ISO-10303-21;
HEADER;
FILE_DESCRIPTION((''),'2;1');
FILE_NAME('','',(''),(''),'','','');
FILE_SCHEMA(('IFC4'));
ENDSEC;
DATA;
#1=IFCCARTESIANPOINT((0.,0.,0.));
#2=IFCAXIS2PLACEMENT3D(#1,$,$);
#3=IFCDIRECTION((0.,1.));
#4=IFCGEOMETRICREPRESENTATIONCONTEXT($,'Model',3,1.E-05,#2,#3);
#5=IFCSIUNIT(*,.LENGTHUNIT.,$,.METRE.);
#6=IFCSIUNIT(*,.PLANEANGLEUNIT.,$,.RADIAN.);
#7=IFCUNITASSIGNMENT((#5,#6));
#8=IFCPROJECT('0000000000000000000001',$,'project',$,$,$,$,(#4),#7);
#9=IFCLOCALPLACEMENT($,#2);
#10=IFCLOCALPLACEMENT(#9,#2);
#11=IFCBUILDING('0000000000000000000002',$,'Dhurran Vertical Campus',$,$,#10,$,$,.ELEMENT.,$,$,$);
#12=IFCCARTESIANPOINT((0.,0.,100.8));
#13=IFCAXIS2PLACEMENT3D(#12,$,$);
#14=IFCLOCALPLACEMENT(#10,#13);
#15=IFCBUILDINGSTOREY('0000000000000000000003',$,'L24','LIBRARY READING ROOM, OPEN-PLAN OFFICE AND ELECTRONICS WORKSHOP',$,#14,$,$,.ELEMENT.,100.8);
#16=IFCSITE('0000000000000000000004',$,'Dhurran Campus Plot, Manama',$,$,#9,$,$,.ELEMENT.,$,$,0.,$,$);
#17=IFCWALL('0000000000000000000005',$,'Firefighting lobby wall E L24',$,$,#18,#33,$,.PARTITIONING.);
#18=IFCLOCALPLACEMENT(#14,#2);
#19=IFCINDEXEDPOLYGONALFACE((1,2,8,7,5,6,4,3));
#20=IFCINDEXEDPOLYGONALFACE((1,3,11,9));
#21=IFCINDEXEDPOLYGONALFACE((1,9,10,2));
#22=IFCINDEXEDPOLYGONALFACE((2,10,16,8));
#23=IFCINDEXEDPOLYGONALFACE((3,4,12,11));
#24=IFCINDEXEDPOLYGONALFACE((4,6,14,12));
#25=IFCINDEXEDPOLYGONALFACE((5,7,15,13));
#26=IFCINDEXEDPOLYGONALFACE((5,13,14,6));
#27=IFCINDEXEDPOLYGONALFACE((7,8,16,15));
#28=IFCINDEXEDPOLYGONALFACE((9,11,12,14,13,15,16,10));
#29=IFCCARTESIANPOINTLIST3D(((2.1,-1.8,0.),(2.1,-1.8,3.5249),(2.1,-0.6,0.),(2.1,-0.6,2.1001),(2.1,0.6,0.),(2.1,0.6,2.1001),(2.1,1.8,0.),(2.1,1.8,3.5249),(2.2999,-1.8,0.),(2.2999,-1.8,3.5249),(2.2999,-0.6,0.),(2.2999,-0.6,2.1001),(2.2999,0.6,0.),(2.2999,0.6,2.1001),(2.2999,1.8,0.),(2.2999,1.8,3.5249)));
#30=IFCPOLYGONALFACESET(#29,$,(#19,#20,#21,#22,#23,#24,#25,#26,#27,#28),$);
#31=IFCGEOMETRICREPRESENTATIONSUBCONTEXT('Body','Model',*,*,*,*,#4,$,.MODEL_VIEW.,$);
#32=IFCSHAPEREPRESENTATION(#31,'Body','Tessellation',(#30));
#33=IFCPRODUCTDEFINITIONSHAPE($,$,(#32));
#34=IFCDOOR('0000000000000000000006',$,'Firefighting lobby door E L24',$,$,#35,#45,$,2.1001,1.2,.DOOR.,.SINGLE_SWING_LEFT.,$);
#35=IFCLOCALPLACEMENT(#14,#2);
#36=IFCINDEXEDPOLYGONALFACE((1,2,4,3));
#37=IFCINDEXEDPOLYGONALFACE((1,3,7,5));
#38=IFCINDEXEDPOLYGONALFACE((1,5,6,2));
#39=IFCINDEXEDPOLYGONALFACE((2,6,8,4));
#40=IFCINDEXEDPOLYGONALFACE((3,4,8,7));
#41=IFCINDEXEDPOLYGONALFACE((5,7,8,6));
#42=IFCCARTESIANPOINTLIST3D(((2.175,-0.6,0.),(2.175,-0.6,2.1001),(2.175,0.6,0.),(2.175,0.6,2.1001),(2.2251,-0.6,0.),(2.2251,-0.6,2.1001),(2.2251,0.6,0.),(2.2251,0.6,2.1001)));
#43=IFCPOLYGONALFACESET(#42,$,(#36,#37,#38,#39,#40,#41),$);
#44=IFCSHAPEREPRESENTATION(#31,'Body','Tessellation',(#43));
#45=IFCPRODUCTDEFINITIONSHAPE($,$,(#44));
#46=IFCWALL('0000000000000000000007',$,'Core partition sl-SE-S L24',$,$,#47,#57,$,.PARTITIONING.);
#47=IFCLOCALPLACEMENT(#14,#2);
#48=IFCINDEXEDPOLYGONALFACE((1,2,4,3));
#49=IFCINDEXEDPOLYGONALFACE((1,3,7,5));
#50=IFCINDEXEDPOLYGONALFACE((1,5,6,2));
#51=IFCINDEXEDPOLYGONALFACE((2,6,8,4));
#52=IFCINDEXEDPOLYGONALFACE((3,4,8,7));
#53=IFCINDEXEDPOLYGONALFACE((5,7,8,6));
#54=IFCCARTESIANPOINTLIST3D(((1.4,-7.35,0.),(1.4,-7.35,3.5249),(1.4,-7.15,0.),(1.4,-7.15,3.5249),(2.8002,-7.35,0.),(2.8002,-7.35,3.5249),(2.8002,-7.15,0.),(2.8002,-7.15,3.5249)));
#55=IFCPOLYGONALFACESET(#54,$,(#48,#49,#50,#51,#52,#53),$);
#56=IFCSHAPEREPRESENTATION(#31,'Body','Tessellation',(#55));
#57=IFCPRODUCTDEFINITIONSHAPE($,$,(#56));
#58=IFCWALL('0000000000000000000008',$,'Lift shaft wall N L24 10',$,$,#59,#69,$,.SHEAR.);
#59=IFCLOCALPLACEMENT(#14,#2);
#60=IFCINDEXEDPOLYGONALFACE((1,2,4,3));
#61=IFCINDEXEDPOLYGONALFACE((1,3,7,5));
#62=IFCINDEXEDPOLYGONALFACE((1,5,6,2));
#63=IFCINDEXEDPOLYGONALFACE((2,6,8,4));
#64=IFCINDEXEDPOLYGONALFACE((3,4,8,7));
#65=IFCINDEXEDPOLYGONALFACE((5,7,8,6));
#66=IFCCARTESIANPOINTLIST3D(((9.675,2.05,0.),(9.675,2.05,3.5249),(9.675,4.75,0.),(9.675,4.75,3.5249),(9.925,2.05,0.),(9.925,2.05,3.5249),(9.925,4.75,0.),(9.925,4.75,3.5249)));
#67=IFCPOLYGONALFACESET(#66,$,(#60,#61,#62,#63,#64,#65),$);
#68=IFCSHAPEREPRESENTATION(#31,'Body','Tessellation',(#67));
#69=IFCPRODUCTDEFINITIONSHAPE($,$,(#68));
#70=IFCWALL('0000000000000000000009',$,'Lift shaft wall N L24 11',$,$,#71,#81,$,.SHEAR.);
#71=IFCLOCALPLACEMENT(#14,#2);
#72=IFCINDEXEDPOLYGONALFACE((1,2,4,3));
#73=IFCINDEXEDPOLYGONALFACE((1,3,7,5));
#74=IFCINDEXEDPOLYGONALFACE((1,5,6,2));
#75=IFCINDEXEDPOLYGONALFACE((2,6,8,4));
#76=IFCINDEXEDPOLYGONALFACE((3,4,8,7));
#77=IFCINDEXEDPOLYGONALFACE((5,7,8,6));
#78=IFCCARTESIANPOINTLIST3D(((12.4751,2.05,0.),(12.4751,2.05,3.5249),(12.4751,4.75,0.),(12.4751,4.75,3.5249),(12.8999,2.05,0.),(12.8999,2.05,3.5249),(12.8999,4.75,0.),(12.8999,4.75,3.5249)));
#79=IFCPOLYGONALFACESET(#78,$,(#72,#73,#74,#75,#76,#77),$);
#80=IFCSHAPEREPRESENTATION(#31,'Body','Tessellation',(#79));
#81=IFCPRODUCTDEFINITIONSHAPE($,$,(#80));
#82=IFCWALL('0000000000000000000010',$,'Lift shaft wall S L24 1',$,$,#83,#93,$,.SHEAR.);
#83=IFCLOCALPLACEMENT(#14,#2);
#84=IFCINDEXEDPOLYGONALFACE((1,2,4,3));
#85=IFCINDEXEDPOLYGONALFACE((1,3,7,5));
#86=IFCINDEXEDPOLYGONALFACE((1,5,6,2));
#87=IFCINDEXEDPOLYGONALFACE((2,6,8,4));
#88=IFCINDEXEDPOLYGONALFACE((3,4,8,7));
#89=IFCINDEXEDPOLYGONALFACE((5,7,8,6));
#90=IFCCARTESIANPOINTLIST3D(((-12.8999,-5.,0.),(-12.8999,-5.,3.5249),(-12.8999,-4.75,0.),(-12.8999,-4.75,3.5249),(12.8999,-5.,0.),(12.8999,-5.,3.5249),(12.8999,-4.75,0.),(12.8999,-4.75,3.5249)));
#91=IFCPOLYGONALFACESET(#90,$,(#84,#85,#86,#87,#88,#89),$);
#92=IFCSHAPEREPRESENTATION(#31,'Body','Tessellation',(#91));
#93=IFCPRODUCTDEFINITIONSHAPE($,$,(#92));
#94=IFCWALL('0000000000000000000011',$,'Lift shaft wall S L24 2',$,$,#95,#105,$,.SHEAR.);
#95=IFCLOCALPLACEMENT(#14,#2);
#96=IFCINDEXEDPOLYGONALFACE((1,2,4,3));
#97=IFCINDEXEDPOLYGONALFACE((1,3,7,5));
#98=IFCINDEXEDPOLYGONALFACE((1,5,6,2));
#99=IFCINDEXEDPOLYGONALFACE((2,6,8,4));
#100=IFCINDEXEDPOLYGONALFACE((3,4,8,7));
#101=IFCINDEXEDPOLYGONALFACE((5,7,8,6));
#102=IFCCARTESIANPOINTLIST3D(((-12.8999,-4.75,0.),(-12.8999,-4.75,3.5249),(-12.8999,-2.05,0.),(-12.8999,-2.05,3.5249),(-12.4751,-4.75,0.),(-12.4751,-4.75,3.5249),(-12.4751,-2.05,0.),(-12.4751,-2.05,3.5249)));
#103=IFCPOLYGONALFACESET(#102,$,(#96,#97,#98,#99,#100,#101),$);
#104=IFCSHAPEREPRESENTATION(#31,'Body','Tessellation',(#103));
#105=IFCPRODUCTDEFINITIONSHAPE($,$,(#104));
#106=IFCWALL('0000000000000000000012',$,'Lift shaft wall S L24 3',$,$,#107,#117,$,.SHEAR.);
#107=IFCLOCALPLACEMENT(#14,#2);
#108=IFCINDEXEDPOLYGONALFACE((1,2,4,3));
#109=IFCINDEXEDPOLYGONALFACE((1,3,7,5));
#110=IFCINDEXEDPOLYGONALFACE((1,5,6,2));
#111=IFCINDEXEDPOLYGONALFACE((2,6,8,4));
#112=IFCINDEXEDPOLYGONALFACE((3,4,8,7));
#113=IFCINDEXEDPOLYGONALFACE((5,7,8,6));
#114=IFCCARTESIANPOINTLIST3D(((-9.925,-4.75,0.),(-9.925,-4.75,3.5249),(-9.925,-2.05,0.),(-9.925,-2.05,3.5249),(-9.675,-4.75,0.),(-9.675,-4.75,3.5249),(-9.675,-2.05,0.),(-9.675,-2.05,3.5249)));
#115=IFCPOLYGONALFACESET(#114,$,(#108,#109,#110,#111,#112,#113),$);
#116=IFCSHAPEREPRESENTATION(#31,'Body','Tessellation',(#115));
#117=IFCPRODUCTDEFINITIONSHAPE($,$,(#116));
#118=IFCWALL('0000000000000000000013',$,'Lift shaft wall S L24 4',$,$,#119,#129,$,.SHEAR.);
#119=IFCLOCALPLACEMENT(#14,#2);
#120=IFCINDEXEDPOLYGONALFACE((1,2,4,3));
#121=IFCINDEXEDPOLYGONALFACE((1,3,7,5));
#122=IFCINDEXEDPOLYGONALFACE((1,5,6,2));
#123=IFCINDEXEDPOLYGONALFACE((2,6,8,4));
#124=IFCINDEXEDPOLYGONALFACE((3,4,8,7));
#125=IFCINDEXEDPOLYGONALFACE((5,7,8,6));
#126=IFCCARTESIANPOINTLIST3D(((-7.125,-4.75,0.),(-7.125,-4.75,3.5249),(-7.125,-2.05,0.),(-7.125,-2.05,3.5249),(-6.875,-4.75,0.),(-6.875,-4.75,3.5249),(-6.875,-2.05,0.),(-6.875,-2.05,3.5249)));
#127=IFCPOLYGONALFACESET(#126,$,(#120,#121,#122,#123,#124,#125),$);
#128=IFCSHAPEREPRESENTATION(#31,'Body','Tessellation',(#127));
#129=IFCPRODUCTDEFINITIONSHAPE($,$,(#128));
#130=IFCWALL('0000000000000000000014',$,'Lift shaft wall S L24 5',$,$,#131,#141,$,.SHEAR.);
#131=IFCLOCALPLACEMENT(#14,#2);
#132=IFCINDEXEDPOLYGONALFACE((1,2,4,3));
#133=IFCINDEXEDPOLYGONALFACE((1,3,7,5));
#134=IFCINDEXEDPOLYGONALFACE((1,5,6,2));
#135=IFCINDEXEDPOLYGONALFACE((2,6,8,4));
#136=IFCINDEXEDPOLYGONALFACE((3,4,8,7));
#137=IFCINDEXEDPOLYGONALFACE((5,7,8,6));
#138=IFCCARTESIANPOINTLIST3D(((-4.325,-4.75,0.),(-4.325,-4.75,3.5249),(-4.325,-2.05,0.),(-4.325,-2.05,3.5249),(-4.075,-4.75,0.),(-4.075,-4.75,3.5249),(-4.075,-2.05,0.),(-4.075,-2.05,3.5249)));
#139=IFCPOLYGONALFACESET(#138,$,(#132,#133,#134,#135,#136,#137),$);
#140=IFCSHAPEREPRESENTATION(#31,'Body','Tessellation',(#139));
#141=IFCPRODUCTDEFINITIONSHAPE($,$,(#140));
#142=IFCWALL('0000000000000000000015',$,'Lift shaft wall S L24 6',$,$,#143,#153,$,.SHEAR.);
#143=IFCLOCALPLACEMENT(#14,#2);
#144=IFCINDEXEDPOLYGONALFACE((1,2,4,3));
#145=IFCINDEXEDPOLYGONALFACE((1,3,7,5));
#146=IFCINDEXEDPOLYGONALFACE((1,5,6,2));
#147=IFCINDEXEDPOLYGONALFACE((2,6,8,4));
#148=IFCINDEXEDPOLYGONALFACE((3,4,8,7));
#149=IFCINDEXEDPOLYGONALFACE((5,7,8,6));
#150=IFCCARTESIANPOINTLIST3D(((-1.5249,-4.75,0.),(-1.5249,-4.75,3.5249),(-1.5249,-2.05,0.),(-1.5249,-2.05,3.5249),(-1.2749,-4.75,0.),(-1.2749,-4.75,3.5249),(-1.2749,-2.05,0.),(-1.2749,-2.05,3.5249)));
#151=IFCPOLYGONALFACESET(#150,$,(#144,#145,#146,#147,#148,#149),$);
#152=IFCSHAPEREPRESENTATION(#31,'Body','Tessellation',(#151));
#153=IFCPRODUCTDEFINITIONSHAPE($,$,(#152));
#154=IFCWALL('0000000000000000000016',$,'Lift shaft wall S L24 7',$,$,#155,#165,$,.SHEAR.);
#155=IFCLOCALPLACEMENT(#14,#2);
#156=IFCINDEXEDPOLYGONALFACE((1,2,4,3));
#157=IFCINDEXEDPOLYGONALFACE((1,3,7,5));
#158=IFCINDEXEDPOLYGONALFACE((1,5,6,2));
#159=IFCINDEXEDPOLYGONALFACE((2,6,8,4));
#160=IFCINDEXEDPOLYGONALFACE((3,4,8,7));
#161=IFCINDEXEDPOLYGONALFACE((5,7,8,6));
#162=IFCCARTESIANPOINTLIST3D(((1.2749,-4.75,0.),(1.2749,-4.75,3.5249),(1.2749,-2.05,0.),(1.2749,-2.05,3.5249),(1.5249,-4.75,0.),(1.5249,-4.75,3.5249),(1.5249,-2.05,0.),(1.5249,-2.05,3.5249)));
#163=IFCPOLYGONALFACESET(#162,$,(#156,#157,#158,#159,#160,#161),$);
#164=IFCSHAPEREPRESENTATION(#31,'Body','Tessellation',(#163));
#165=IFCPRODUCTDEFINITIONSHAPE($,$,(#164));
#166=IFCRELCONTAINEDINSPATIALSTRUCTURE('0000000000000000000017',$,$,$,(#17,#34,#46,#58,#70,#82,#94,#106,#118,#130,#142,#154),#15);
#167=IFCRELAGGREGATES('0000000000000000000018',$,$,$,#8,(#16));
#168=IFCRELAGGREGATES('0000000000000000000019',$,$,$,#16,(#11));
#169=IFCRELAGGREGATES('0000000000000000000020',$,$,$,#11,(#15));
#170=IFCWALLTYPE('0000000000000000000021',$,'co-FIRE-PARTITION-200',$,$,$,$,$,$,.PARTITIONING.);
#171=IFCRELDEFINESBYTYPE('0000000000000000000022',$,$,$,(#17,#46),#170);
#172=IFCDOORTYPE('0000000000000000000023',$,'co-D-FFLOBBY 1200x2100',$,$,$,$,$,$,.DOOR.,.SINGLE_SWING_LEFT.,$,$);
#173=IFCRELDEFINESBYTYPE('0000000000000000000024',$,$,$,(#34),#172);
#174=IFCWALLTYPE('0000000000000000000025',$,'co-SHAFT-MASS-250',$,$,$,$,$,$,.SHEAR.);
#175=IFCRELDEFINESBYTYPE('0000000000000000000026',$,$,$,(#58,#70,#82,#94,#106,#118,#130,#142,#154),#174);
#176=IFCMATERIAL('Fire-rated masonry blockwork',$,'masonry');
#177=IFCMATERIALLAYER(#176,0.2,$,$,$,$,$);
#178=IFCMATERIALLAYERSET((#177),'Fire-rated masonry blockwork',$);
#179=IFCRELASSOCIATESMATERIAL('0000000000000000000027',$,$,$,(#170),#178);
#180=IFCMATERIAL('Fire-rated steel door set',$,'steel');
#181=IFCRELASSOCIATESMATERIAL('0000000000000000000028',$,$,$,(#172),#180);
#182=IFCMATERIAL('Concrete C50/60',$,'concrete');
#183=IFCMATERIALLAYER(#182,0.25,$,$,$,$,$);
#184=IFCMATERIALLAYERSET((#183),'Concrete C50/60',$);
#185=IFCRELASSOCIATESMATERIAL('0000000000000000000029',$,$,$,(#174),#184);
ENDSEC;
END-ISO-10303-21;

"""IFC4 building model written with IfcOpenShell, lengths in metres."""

from ifc_helpers import new_model, si_unit, direction, frame, frame_2d, origin, place, context, subcontext, project, spatial, polyline, rectangle, outline, extrude, material, layer, layer_set, type_object, element, fill, save


model = new_model("IFC4")

# Units and contexts
model_context = context("Model", 3, precision=1e-05, world=origin(), true_north=direction((0.0, 1.0)))
body_context = subcontext(model_context, "Body", "Model", "MODEL_VIEW")
ifc_project = project(units=[si_unit("LENGTHUNIT", "METRE"), si_unit("PLANEANGLEUNIT", "RADIAN")], contexts=[model_context])

# Site, building, storey
site_placement = place(None, origin())
site = spatial("IfcSite", under=ifc_project, at=site_placement, Name="Dhurran Campus Plot, Manama", CompositionType="ELEMENT", RefElevation=0.0)
building_placement = place(site_placement, origin())
building = spatial("IfcBuilding", under=site, at=building_placement, Name="Dhurran Vertical Campus", CompositionType="ELEMENT")
storey_placement = place(building_placement, frame((0.0, 0.0, 100.8)))
storey = spatial("IfcBuildingStorey", under=building, at=storey_placement, Name="L24", Description="LIBRARY READING ROOM, OPEN-PLAN OFFICE AND ELECTRONICS WORKSHOP", CompositionType="ELEMENT", Elevation=100.8)

# Wall, opening, door
ifc_material_1 = material(Name="Fire-rated masonry blockwork", Category="masonry")
ifc_layer_1 = layer(ifc_material_1, 0.2)
ifc_layer_set_1 = layer_set([ifc_layer_1], Name="Fire-rated masonry blockwork")
wall_type_1 = type_object("IfcWallType", Name="co-FIRE-PARTITION-200", PredefinedType="PARTITIONING", material=ifc_layer_set_1)
wall_1_placement = place(storey_placement, frame((2.2, -1.8, 0.0), z_axis=(0.0, 0.0, 1.0), x_axis=(0.0, 1.0, 0.0)))
wall_1 = element("IfcWall", 1, at=wall_1_placement, inside=storey, type_object=wall_type_1, Name="Firefighting lobby wall E L24", PredefinedType="PARTITIONING", context=body_context, shape_type="SweptSolid", body=[
    extrude(rectangle(XDim=3.6001, YDim=0.2, at=frame_2d((1.8, 0.0))), origin(), (0.0, 0.0, 1.0), 3.5249),
])
opening_1_placement = place(wall_1_placement, frame((1.2, 0.0, 0.0)))
opening_1 = element("IfcOpeningElement", 2, at=opening_1_placement, cuts=wall_1, PredefinedType="OPENING", context=body_context, shape_type="SweptSolid", body=[
    extrude(rectangle(XDim=1.2, YDim=2.1001, at=frame_2d((0.6001, 1.05))), frame((0.0, 0.1099, 0.0), z_axis=(0.0, -1.0, 0.0), x_axis=(1.0, 0.0, 0.0)), (0.0, 0.0, 1.0), 0.22),
])
ifc_material_2 = material(Name="Fire-rated steel door set", Category="steel")
door_type_1 = type_object("IfcDoorType", Name="co-D-FFLOBBY 1200x2100", OperationType="SINGLE_SWING_LEFT", PredefinedType="DOOR", material=ifc_material_2)
door_1_placement = place(opening_1_placement, origin())
door_1 = element("IfcDoor", 3, at=door_1_placement, inside=storey, type_object=door_type_1, Name="Firefighting lobby door E L24", OperationType="SINGLE_SWING_LEFT", OverallHeight=2.1001, OverallWidth=1.2, PredefinedType="DOOR", context=body_context, shape_type="SweptSolid", body=[
    extrude(rectangle(XDim=1.2, YDim=2.1001, at=frame_2d((0.6001, 1.05))), frame((0.0, 0.0249, 0.0), z_axis=(0.0, -1.0, 0.0), x_axis=(1.0, 0.0, 0.0)), (0.0, 0.0, 1.0), 0.05),
])
fill(opening_1, door_1)

# Walls
wall_2_placement = place(storey_placement, frame((1.3999, -7.25, 0.0), z_axis=(0.0, 0.0, 1.0), x_axis=(1.0, 0.0, 0.0)))
element("IfcWall", 4, at=wall_2_placement, inside=storey, type_object=wall_type_1, Name="Core partition sl-SE-S L24", PredefinedType="PARTITIONING", context=body_context, shape_type="SweptSolid", body=[
    extrude(rectangle(XDim=1.4001, YDim=0.2, at=frame_2d((0.7002, 0.0))), origin(), (0.0, 0.0, 1.0), 3.5249),
])
ifc_material_3 = material(Name="Concrete C50/60", Category="concrete")
ifc_layer_2 = layer(ifc_material_3, 0.25)
ifc_layer_set_2 = layer_set([ifc_layer_2], Name="Concrete C50/60")
wall_type_2 = type_object("IfcWallType", Name="co-SHAFT-MASS-250", PredefinedType="SHEAR", material=ifc_layer_set_2)
wall_3_placement = place(storey_placement, origin())
element("IfcWall", 5, at=wall_3_placement, inside=storey, type_object=wall_type_2, Name="Lift shaft wall N L24 10", PredefinedType="SHEAR", context=body_context, shape_type="SweptSolid", body=[
    extrude(outline(polyline([(9.675, 2.05), (9.925, 2.05), (9.925, 4.75), (9.675, 4.75), (9.675, 2.05)])), origin(), (0.0, 0.0, 1.0), 3.5249),
])
wall_4_placement = place(storey_placement, origin())
element("IfcWall", 6, at=wall_4_placement, inside=storey, type_object=wall_type_2, Name="Lift shaft wall N L24 11", PredefinedType="SHEAR", context=body_context, shape_type="SweptSolid", body=[
    extrude(outline(polyline([(12.4751, 2.05), (12.8999, 2.05), (12.8999, 4.75), (12.4751, 4.75), (12.4751, 2.05)])), origin(), (0.0, 0.0, 1.0), 3.5249),
])
wall_5_placement = place(storey_placement, origin())
element("IfcWall", 7, at=wall_5_placement, inside=storey, type_object=wall_type_2, Name="Lift shaft wall S L24 1", PredefinedType="SHEAR", context=body_context, shape_type="SweptSolid", body=[
    extrude(outline(polyline([(-12.8999, -5.0), (12.8999, -5.0), (12.8999, -4.75), (-12.8999, -4.75), (-12.8999, -5.0)])), origin(), (0.0, 0.0, 1.0), 3.5249),
])
wall_6_placement = place(storey_placement, origin())
element("IfcWall", 8, at=wall_6_placement, inside=storey, type_object=wall_type_2, Name="Lift shaft wall S L24 2", PredefinedType="SHEAR", context=body_context, shape_type="SweptSolid", body=[
    extrude(outline(polyline([(-12.8999, -4.75), (-12.4751, -4.75), (-12.4751, -2.05), (-12.8999, -2.05), (-12.8999, -4.75)])), origin(), (0.0, 0.0, 1.0), 3.5249),
])
wall_7_placement = place(storey_placement, origin())
element("IfcWall", 9, at=wall_7_placement, inside=storey, type_object=wall_type_2, Name="Lift shaft wall S L24 3", PredefinedType="SHEAR", context=body_context, shape_type="SweptSolid", body=[
    extrude(outline(polyline([(-9.925, -4.75), (-9.675, -4.75), (-9.675, -2.05), (-9.925, -2.05), (-9.925, -4.75)])), origin(), (0.0, 0.0, 1.0), 3.5249),
])
wall_8_placement = place(storey_placement, origin())
element("IfcWall", 10, at=wall_8_placement, inside=storey, type_object=wall_type_2, Name="Lift shaft wall S L24 4", PredefinedType="SHEAR", context=body_context, shape_type="SweptSolid", body=[
    extrude(outline(polyline([(-7.125, -4.75), (-6.875, -4.75), (-6.875, -2.05), (-7.125, -2.05), (-7.125, -4.75)])), origin(), (0.0, 0.0, 1.0), 3.5249),
])
wall_9_placement = place(storey_placement, origin())
element("IfcWall", 11, at=wall_9_placement, inside=storey, type_object=wall_type_2, Name="Lift shaft wall S L24 5", PredefinedType="SHEAR", context=body_context, shape_type="SweptSolid", body=[
    extrude(outline(polyline([(-4.325, -4.75), (-4.075, -4.75), (-4.075, -2.05), (-4.325, -2.05), (-4.325, -4.75)])), origin(), (0.0, 0.0, 1.0), 3.5249),
])
wall_10_placement = place(storey_placement, origin())
element("IfcWall", 12, at=wall_10_placement, inside=storey, type_object=wall_type_2, Name="Lift shaft wall S L24 6", PredefinedType="SHEAR", context=body_context, shape_type="SweptSolid", body=[
    extrude(outline(polyline([(-1.5249, -4.75), (-1.2749, -4.75), (-1.2749, -2.05), (-1.5249, -2.05), (-1.5249, -4.75)])), origin(), (0.0, 0.0, 1.0), 3.5249),
])
wall_11_placement = place(storey_placement, origin())
element("IfcWall", 13, at=wall_11_placement, inside=storey, type_object=wall_type_2, Name="Lift shaft wall S L24 7", PredefinedType="SHEAR", context=body_context, shape_type="SweptSolid", body=[
    extrude(outline(polyline([(1.2749, -4.75), (1.5249, -4.75), (1.5249, -2.05), (1.2749, -2.05), (1.2749, -4.75)])), origin(), (0.0, 0.0, 1.0), 3.5249),
])

save(model, "model.ifc")
